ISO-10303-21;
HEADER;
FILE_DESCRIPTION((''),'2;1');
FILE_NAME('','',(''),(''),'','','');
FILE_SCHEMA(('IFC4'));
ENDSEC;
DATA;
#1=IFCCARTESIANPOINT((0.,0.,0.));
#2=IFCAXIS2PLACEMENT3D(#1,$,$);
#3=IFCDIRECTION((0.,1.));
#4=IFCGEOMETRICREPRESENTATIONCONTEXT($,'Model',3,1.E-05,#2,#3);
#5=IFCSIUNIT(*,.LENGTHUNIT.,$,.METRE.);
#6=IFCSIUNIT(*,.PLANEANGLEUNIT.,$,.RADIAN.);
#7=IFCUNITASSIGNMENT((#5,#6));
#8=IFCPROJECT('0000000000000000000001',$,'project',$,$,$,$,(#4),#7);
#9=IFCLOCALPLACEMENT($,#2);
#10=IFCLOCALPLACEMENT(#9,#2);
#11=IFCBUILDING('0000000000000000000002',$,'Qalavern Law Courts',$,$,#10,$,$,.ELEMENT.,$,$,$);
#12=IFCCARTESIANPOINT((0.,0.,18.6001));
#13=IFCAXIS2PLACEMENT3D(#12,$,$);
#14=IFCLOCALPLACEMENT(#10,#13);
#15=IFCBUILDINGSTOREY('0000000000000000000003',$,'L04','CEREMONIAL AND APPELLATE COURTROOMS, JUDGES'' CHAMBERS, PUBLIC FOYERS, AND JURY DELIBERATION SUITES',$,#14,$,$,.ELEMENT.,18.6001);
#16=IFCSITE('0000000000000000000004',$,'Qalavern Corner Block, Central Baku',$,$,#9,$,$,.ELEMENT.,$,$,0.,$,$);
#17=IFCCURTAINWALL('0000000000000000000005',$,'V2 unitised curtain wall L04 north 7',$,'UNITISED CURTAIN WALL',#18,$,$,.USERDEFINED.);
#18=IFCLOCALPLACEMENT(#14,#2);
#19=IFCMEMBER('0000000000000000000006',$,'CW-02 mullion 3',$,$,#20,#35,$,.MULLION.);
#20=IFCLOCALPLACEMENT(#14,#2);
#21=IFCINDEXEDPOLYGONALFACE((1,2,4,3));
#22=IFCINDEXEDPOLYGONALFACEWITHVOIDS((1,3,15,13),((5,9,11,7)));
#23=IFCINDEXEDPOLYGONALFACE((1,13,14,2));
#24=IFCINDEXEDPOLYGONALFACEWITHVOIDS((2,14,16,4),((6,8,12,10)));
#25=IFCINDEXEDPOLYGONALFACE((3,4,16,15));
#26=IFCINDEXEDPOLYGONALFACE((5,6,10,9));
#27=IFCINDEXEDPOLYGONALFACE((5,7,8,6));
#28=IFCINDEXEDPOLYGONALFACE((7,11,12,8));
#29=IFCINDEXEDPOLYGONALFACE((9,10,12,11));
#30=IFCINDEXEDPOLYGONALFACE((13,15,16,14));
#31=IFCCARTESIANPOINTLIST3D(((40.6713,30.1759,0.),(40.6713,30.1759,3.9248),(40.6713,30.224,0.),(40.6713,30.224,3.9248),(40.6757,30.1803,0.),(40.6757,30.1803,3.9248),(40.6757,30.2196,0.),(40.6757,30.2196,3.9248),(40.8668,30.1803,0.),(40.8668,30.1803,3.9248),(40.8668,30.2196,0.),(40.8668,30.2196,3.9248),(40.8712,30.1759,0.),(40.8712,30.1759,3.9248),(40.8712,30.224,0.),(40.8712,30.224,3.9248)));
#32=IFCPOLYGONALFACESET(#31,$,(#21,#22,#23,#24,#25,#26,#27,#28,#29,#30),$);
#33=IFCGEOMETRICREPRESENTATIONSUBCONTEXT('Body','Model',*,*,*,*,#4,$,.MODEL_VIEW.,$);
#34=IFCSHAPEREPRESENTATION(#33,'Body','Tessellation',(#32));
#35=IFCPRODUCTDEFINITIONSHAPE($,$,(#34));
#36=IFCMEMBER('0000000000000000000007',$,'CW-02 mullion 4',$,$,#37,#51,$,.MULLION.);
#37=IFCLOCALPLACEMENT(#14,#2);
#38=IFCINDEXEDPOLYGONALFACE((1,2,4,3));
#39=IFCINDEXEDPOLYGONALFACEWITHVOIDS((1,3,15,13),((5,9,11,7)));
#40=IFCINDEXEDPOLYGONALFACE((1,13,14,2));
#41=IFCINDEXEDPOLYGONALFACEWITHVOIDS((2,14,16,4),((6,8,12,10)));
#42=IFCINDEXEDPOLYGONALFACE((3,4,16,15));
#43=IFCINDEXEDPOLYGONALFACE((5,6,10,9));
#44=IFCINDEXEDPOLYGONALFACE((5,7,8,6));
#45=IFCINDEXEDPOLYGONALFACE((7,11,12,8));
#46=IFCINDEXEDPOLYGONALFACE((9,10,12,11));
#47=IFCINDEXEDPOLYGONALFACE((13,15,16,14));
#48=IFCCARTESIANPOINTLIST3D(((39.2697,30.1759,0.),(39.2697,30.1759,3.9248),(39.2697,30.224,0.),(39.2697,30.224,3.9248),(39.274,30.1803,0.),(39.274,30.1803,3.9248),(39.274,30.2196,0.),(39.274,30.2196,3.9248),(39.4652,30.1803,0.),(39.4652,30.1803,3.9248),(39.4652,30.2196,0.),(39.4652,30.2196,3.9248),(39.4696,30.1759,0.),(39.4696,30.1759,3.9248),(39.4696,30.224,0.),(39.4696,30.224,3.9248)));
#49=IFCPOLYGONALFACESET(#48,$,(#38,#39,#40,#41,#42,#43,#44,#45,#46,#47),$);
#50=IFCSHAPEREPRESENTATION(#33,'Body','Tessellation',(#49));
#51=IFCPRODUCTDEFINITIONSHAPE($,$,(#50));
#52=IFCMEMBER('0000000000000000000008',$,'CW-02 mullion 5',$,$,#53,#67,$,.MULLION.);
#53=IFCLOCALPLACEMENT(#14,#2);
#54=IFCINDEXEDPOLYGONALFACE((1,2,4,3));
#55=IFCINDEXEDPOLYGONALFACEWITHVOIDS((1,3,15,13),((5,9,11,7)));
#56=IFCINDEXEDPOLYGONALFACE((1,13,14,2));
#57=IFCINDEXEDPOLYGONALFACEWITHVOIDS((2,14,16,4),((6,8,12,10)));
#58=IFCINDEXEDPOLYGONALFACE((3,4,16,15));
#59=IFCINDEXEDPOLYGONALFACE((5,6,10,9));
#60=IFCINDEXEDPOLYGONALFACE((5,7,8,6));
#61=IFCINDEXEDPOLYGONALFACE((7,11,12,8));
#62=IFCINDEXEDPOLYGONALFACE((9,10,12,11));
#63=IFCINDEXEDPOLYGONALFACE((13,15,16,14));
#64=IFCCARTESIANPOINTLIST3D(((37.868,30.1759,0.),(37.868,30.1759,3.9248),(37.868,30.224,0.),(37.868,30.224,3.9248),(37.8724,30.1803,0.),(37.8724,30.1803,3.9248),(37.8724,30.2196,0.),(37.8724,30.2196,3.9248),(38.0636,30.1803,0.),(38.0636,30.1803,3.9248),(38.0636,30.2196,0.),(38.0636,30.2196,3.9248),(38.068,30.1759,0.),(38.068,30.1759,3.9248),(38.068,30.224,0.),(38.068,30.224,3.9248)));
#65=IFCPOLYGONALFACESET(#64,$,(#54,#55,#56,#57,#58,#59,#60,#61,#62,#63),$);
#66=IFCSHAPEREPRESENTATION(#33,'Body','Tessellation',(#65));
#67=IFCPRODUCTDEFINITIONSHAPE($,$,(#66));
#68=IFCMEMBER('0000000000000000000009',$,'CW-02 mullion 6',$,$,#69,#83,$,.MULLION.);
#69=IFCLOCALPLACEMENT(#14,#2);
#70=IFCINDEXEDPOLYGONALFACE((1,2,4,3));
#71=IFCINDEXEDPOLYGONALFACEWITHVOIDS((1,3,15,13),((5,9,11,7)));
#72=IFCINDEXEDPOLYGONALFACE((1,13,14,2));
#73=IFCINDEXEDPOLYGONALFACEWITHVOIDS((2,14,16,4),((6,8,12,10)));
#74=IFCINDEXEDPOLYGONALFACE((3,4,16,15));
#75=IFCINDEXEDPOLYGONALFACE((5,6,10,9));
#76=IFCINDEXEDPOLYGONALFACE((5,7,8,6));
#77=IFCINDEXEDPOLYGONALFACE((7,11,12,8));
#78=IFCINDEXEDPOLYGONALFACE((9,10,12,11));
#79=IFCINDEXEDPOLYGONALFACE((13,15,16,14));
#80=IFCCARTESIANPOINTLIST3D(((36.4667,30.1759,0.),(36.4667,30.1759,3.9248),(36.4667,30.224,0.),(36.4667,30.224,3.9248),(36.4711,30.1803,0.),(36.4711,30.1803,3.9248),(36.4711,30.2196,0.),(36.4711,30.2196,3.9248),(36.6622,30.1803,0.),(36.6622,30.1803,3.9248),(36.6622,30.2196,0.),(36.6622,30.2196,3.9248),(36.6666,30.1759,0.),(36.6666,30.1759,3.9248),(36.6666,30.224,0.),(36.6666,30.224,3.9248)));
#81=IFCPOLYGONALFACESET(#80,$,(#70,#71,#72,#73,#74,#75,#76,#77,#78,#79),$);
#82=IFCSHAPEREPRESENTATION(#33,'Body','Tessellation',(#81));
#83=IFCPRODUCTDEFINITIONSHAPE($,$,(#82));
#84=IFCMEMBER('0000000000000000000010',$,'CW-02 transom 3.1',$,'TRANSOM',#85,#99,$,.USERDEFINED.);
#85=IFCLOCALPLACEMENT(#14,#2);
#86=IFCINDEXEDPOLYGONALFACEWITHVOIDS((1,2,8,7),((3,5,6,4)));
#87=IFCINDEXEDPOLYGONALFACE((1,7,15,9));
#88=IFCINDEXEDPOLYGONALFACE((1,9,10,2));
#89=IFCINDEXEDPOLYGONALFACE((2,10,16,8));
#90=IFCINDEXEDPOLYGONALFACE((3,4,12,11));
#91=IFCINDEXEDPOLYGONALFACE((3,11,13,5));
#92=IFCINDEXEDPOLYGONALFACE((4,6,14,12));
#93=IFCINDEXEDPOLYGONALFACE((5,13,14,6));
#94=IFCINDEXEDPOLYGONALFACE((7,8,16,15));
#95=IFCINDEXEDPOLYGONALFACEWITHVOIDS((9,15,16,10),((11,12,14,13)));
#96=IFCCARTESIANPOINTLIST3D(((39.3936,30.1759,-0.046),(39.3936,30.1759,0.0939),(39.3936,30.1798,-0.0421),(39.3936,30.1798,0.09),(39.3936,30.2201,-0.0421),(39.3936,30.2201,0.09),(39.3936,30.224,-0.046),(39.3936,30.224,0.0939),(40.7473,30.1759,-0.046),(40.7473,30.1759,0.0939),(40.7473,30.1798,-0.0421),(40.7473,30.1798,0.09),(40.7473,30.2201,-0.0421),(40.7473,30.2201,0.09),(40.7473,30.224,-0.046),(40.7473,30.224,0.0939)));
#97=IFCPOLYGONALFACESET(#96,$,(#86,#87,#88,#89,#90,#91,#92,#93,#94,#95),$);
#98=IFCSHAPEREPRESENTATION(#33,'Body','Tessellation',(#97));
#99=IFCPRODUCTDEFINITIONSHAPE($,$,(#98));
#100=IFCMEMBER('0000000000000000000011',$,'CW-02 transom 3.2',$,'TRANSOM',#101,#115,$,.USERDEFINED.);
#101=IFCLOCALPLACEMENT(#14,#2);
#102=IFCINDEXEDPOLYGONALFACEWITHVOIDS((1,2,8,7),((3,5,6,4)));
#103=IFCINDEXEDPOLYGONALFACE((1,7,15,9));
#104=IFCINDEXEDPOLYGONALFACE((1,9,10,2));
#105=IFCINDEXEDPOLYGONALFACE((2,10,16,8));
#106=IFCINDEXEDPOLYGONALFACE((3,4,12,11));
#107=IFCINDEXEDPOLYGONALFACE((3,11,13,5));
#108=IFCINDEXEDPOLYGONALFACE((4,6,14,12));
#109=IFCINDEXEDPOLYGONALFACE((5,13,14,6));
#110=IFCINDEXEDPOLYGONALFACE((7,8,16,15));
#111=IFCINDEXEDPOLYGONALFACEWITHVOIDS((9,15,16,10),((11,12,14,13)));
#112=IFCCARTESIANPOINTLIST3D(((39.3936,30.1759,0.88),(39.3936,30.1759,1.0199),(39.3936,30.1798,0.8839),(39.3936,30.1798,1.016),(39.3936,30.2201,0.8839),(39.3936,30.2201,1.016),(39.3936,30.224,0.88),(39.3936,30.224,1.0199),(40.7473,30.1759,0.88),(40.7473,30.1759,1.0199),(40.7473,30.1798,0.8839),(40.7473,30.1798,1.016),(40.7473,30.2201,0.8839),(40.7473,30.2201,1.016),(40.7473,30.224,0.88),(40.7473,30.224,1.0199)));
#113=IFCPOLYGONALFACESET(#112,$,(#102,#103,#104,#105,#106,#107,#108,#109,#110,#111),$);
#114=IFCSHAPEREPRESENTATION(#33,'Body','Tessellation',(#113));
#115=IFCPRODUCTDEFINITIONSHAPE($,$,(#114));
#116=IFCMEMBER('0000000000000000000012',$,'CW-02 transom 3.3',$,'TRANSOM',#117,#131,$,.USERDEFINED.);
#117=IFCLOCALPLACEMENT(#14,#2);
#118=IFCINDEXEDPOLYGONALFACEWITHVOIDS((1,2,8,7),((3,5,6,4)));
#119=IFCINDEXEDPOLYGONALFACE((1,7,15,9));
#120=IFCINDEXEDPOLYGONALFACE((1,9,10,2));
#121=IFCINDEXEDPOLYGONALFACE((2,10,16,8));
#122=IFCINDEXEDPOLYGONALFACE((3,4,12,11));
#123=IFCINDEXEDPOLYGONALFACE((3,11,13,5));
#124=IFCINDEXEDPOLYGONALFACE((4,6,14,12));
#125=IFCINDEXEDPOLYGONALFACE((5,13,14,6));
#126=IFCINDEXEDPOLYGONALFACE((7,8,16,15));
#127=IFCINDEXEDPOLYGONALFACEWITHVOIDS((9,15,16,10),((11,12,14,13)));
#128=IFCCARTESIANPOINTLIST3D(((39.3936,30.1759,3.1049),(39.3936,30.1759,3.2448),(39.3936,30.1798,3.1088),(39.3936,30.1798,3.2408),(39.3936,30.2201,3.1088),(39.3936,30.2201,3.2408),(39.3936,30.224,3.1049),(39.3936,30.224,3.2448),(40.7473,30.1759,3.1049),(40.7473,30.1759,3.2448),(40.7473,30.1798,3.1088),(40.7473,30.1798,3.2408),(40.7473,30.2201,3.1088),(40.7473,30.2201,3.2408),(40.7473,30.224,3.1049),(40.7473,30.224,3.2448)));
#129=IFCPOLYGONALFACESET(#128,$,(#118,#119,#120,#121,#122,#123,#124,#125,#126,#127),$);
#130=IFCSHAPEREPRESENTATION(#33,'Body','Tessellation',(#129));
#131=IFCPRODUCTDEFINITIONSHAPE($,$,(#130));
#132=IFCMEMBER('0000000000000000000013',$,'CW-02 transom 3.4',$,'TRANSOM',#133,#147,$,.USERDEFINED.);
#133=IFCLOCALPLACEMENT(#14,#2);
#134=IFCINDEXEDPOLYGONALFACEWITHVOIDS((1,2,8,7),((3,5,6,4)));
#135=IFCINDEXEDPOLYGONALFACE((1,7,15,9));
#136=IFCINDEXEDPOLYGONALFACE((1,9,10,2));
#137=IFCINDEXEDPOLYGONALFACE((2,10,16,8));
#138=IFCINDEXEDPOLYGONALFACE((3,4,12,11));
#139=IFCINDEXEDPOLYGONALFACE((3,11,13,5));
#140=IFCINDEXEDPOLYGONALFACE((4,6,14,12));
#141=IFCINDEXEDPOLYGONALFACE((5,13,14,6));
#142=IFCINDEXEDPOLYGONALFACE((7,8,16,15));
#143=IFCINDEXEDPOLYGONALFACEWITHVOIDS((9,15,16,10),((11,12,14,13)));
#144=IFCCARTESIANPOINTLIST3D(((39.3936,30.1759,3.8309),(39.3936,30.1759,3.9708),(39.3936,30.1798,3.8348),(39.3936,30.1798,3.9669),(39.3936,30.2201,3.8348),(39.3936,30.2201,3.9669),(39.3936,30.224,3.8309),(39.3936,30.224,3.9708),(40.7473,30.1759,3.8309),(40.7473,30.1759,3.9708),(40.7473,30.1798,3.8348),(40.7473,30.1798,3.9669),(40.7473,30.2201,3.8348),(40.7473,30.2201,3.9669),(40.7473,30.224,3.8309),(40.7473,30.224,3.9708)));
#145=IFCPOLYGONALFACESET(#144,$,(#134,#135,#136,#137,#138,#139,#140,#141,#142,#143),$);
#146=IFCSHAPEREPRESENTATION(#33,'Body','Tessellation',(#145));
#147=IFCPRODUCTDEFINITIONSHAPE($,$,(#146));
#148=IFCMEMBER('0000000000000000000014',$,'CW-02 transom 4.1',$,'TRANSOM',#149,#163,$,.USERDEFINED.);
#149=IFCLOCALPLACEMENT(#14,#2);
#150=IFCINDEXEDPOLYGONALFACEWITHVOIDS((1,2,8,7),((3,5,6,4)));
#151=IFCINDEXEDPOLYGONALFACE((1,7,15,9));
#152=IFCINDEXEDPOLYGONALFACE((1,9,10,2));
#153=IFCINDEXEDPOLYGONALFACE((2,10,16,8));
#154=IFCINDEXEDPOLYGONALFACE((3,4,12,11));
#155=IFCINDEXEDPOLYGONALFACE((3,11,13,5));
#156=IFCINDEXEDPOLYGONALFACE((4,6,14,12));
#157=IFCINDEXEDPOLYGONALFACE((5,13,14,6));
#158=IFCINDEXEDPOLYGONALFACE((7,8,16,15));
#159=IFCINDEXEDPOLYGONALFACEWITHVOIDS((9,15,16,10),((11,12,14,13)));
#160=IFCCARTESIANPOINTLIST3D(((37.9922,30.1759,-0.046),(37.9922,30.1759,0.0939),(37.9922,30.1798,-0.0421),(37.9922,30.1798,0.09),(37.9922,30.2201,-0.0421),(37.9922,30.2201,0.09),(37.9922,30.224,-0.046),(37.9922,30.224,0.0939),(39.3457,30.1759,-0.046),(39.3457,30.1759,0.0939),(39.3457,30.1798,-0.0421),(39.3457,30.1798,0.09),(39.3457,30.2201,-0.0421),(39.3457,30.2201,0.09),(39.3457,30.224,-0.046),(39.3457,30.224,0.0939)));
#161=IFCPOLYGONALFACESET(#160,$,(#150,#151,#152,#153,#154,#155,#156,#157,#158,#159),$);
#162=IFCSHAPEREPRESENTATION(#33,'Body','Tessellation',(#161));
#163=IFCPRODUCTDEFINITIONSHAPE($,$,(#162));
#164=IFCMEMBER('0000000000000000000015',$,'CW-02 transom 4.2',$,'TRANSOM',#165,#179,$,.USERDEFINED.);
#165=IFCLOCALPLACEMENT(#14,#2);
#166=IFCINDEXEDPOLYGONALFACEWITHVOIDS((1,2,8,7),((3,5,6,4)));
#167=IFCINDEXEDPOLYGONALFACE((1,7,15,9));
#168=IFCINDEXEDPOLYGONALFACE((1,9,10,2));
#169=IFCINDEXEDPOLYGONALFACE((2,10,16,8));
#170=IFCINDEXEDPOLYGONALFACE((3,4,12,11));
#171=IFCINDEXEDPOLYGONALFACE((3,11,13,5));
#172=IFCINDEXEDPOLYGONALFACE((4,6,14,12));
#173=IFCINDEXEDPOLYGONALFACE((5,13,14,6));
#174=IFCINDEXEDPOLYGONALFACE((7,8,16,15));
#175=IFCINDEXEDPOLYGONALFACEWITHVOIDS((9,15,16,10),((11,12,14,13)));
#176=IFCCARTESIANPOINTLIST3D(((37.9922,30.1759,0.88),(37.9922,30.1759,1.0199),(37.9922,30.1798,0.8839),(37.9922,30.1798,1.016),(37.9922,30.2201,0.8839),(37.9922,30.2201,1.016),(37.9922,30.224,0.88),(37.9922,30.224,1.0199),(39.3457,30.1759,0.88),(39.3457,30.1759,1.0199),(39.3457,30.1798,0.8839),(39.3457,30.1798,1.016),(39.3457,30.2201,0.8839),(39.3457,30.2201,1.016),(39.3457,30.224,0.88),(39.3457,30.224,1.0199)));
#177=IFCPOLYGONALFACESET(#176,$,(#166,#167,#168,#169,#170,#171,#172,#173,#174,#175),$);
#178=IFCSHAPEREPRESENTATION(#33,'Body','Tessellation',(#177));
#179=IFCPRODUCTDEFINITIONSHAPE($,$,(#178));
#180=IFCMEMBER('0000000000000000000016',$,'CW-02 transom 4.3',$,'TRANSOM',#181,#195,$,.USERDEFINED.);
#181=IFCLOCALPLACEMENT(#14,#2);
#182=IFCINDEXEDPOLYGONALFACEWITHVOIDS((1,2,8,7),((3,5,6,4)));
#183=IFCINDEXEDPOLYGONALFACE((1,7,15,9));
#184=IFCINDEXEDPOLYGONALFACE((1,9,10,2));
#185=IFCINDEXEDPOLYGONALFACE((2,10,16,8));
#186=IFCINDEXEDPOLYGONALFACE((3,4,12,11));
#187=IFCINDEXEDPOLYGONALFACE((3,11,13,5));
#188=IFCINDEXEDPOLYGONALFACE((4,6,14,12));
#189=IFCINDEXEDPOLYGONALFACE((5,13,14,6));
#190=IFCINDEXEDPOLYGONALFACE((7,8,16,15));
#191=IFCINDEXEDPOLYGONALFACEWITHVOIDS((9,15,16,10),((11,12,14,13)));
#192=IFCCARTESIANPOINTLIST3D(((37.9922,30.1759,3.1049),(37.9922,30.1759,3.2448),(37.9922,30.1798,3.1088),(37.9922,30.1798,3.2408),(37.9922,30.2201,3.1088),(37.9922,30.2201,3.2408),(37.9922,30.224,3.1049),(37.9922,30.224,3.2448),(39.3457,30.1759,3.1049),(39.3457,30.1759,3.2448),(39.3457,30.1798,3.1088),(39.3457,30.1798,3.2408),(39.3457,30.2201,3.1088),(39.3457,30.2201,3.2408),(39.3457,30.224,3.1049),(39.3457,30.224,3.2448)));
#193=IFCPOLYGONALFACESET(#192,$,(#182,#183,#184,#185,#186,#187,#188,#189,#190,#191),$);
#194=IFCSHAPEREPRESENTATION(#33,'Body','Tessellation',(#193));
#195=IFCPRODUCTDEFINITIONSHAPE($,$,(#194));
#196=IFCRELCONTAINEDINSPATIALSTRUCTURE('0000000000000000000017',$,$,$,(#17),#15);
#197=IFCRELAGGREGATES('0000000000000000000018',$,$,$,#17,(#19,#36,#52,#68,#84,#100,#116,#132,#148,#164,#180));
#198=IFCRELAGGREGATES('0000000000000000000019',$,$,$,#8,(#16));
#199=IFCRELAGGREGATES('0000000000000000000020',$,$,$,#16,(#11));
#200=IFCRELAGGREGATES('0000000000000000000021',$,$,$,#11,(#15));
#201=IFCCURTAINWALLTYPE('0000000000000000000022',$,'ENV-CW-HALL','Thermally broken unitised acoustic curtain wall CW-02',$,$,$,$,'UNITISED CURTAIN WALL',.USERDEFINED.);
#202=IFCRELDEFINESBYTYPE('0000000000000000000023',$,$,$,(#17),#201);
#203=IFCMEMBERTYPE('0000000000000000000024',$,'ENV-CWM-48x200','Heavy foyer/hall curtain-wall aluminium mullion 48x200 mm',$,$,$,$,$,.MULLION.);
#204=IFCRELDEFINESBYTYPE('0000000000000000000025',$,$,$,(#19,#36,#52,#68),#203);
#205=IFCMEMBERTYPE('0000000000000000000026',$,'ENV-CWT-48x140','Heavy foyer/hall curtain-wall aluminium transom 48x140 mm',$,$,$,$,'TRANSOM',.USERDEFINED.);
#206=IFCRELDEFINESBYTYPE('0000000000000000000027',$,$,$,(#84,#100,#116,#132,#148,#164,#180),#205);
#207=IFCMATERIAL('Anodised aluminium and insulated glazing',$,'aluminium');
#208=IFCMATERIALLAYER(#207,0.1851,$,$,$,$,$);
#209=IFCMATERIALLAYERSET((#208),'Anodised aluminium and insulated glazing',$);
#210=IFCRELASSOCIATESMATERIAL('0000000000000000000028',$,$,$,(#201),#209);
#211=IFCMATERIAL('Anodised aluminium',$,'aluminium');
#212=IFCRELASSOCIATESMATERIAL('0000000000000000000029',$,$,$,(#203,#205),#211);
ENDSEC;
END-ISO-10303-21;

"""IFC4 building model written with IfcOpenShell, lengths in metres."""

from ifc_helpers import new_model, si_unit, direction, frame, origin, origin_2d, place, context, subcontext, project, spatial, hollow_rectangle, extrude, material, layer, layer_set, material_profile, profile_set, type_object, element, aggregate, save


model = new_model("IFC4")

# Units and contexts
model_context = context("Model", 3, precision=1e-05, world=origin(), true_north=direction((0.0, 1.0)))
body_context = subcontext(model_context, "Body", "Model", "MODEL_VIEW")
ifc_project = project(units=[si_unit("LENGTHUNIT", "METRE"), si_unit("PLANEANGLEUNIT", "RADIAN")], contexts=[model_context])

# Site, building, storey
site_placement = place(None, origin())
site = spatial("IfcSite", under=ifc_project, at=site_placement, Name="Qalavern Corner Block, Central Baku", CompositionType="ELEMENT", RefElevation=0.0)
building_placement = place(site_placement, origin())
building = spatial("IfcBuilding", under=site, at=building_placement, Name="Qalavern Law Courts", CompositionType="ELEMENT")
storey_placement = place(building_placement, frame((0.0, 0.0, 18.6001)))
storey = spatial("IfcBuildingStorey", under=building, at=storey_placement, Name="L04", Description="CEREMONIAL AND APPELLATE COURTROOMS, JUDGES' CHAMBERS, PUBLIC FOYERS, AND JURY DELIBERATION SUITES", CompositionType="ELEMENT", Elevation=18.6001)

# Curtain wall, members
ifc_material_1 = material(Name="Anodised aluminium and insulated glazing", Category="aluminium")
ifc_layer_1 = layer(ifc_material_1, 0.1851)
ifc_layer_set_1 = layer_set([ifc_layer_1], Name="Anodised aluminium and insulated glazing")
curtain_wall_type = type_object("IfcCurtainWallType", Name="ENV-CW-HALL", Description="Thermally broken unitised acoustic curtain wall CW-02", ElementType="UNITISED CURTAIN WALL", PredefinedType="USERDEFINED", material=ifc_layer_set_1)
curtain_wall_placement = place(storey_placement, origin())
curtain_wall = element("IfcCurtainWall", 1, at=curtain_wall_placement, inside=storey, type_object=curtain_wall_type, Name="V2 unitised curtain wall L04 north 7", ObjectType="UNITISED CURTAIN WALL", PredefinedType="USERDEFINED")
ifc_material_2 = material(Name="Anodised aluminium", Category="aluminium")
ifc_material_profile_1 = material_profile(ifc_material_2, hollow_rectangle(XDim=0.0481, YDim=0.2, WallThickness=0.0044, at=origin_2d()), Name="ALU MULLION 48x200")
ifc_profile_set_1 = profile_set([ifc_material_profile_1], Name="Anodised aluminium")
member_type_1 = type_object("IfcMemberType", Name="ENV-CWM-48x200", Description="Heavy foyer/hall curtain-wall aluminium mullion 48x200 mm", PredefinedType="MULLION", material=ifc_profile_set_1)
member_1_placement = place(storey_placement, frame((40.7712, 30.2, 0.0), z_axis=(0.0, 0.0, 1.0), x_axis=(0.0, -1.0, 0.0)))
member_1 = element("IfcMember", 2, at=member_1_placement, type_object=member_type_1, Name="CW-02 mullion 3", PredefinedType="MULLION", context=body_context, shape_type="SweptSolid", body=[
    extrude(hollow_rectangle(XDim=0.0481, YDim=0.2, WallThickness=0.0044, at=origin_2d()), origin(), (0.0, 0.0, 1.0), 3.9248),
])
member_2_placement = place(storey_placement, frame((39.3696, 30.2, 0.0), z_axis=(0.0, 0.0, 1.0), x_axis=(0.0, -1.0, 0.0)))
member_2 = element("IfcMember", 3, at=member_2_placement, type_object=member_type_1, Name="CW-02 mullion 4", PredefinedType="MULLION", context=body_context, shape_type="SweptSolid", body=[
    extrude(hollow_rectangle(XDim=0.0481, YDim=0.2, WallThickness=0.0044, at=origin_2d()), origin(), (0.0, 0.0, 1.0), 3.9248),
])
member_3_placement = place(storey_placement, frame((37.968, 30.2, 0.0), z_axis=(0.0, 0.0, 1.0), x_axis=(0.0, -1.0, 0.0)))
member_3 = element("IfcMember", 4, at=member_3_placement, type_object=member_type_1, Name="CW-02 mullion 5", PredefinedType="MULLION", context=body_context, shape_type="SweptSolid", body=[
    extrude(hollow_rectangle(XDim=0.0481, YDim=0.2, WallThickness=0.0044, at=origin_2d()), origin(), (0.0, 0.0, 1.0), 3.9248),
])
member_4_placement = place(storey_placement, frame((36.5667, 30.2, 0.0), z_axis=(0.0, 0.0, 1.0), x_axis=(0.0, -1.0, 0.0)))
member_4 = element("IfcMember", 5, at=member_4_placement, type_object=member_type_1, Name="CW-02 mullion 6", PredefinedType="MULLION", context=body_context, shape_type="SweptSolid", body=[
    extrude(hollow_rectangle(XDim=0.0481, YDim=0.2, WallThickness=0.0044, at=origin_2d()), origin(), (0.0, 0.0, 1.0), 3.9248),
])
ifc_material_profile_2 = material_profile(ifc_material_2, hollow_rectangle(XDim=0.0481, YDim=0.1399, WallThickness=0.0039, at=origin_2d()), Name="ALU TRANSOM 48x140")
ifc_profile_set_2 = profile_set([ifc_material_profile_2], Name="Anodised aluminium")
member_type_2 = type_object("IfcMemberType", Name="ENV-CWT-48x140", Description="Heavy foyer/hall curtain-wall aluminium transom 48x140 mm", ElementType="TRANSOM", PredefinedType="USERDEFINED", material=ifc_profile_set_2)
member_5_placement = place(storey_placement, frame((40.7473, 30.2, 0.0239), z_axis=(-1.0, 0.0, 0.0), x_axis=(0.0, -1.0, 0.0)))
member_5 = element("IfcMember", 6, at=member_5_placement, type_object=member_type_2, Name="CW-02 transom 3.1", ObjectType="TRANSOM", PredefinedType="USERDEFINED", context=body_context, shape_type="SweptSolid", body=[
    extrude(hollow_rectangle(XDim=0.0481, YDim=0.1399, WallThickness=0.0039, at=origin_2d()), origin(), (0.0, 0.0, 1.0), 1.3538),
])
member_6_placement = place(storey_placement, frame((40.7473, 30.2, 0.95), z_axis=(-1.0, 0.0, 0.0), x_axis=(0.0, -1.0, 0.0)))
member_6 = element("IfcMember", 7, at=member_6_placement, type_object=member_type_2, Name="CW-02 transom 3.2", ObjectType="TRANSOM", PredefinedType="USERDEFINED", context=body_context, shape_type="SweptSolid", body=[
    extrude(hollow_rectangle(XDim=0.0481, YDim=0.1399, WallThickness=0.0039, at=origin_2d()), origin(), (0.0, 0.0, 1.0), 1.3538),
])
member_7_placement = place(storey_placement, frame((40.7473, 30.2, 3.1748), z_axis=(-1.0, 0.0, 0.0), x_axis=(0.0, -1.0, 0.0)))
member_7 = element("IfcMember", 8, at=member_7_placement, type_object=member_type_2, Name="CW-02 transom 3.3", ObjectType="TRANSOM", PredefinedType="USERDEFINED", context=body_context, shape_type="SweptSolid", body=[
    extrude(hollow_rectangle(XDim=0.0481, YDim=0.1399, WallThickness=0.0039, at=origin_2d()), origin(), (0.0, 0.0, 1.0), 1.3538),
])
member_8_placement = place(storey_placement, frame((40.7473, 30.2, 3.9009), z_axis=(-1.0, 0.0, 0.0), x_axis=(0.0, -1.0, 0.0)))
member_8 = element("IfcMember", 9, at=member_8_placement, type_object=member_type_2, Name="CW-02 transom 3.4", ObjectType="TRANSOM", PredefinedType="USERDEFINED", context=body_context, shape_type="SweptSolid", body=[
    extrude(hollow_rectangle(XDim=0.0481, YDim=0.1399, WallThickness=0.0039, at=origin_2d()), origin(), (0.0, 0.0, 1.0), 1.3538),
])
member_9_placement = place(storey_placement, frame((39.3457, 30.2, 0.0239), z_axis=(-1.0, 0.0, 0.0), x_axis=(0.0, -1.0, 0.0)))
member_9 = element("IfcMember", 10, at=member_9_placement, type_object=member_type_2, Name="CW-02 transom 4.1", ObjectType="TRANSOM", PredefinedType="USERDEFINED", context=body_context, shape_type="SweptSolid", body=[
    extrude(hollow_rectangle(XDim=0.0481, YDim=0.1399, WallThickness=0.0039, at=origin_2d()), origin(), (0.0, 0.0, 1.0), 1.3535),
])
member_10_placement = place(storey_placement, frame((39.3457, 30.2, 0.95), z_axis=(-1.0, 0.0, 0.0), x_axis=(0.0, -1.0, 0.0)))
member_10 = element("IfcMember", 11, at=member_10_placement, type_object=member_type_2, Name="CW-02 transom 4.2", ObjectType="TRANSOM", PredefinedType="USERDEFINED", context=body_context, shape_type="SweptSolid", body=[
    extrude(hollow_rectangle(XDim=0.0481, YDim=0.1399, WallThickness=0.0039, at=origin_2d()), origin(), (0.0, 0.0, 1.0), 1.3535),
])
member_11_placement = place(storey_placement, frame((39.3457, 30.2, 3.1748), z_axis=(-1.0, 0.0, 0.0), x_axis=(0.0, -1.0, 0.0)))
member_11 = element("IfcMember", 12, at=member_11_placement, type_object=member_type_2, Name="CW-02 transom 4.3", ObjectType="TRANSOM", PredefinedType="USERDEFINED", context=body_context, shape_type="SweptSolid", body=[
    extrude(hollow_rectangle(XDim=0.0481, YDim=0.1399, WallThickness=0.0039, at=origin_2d()), origin(), (0.0, 0.0, 1.0), 1.3535),
])
aggregate(curtain_wall, [member_1, member_2, member_3, member_4, member_5, member_6, member_7, member_8, member_9, member_10, member_11])

save(model, "model.ifc")
